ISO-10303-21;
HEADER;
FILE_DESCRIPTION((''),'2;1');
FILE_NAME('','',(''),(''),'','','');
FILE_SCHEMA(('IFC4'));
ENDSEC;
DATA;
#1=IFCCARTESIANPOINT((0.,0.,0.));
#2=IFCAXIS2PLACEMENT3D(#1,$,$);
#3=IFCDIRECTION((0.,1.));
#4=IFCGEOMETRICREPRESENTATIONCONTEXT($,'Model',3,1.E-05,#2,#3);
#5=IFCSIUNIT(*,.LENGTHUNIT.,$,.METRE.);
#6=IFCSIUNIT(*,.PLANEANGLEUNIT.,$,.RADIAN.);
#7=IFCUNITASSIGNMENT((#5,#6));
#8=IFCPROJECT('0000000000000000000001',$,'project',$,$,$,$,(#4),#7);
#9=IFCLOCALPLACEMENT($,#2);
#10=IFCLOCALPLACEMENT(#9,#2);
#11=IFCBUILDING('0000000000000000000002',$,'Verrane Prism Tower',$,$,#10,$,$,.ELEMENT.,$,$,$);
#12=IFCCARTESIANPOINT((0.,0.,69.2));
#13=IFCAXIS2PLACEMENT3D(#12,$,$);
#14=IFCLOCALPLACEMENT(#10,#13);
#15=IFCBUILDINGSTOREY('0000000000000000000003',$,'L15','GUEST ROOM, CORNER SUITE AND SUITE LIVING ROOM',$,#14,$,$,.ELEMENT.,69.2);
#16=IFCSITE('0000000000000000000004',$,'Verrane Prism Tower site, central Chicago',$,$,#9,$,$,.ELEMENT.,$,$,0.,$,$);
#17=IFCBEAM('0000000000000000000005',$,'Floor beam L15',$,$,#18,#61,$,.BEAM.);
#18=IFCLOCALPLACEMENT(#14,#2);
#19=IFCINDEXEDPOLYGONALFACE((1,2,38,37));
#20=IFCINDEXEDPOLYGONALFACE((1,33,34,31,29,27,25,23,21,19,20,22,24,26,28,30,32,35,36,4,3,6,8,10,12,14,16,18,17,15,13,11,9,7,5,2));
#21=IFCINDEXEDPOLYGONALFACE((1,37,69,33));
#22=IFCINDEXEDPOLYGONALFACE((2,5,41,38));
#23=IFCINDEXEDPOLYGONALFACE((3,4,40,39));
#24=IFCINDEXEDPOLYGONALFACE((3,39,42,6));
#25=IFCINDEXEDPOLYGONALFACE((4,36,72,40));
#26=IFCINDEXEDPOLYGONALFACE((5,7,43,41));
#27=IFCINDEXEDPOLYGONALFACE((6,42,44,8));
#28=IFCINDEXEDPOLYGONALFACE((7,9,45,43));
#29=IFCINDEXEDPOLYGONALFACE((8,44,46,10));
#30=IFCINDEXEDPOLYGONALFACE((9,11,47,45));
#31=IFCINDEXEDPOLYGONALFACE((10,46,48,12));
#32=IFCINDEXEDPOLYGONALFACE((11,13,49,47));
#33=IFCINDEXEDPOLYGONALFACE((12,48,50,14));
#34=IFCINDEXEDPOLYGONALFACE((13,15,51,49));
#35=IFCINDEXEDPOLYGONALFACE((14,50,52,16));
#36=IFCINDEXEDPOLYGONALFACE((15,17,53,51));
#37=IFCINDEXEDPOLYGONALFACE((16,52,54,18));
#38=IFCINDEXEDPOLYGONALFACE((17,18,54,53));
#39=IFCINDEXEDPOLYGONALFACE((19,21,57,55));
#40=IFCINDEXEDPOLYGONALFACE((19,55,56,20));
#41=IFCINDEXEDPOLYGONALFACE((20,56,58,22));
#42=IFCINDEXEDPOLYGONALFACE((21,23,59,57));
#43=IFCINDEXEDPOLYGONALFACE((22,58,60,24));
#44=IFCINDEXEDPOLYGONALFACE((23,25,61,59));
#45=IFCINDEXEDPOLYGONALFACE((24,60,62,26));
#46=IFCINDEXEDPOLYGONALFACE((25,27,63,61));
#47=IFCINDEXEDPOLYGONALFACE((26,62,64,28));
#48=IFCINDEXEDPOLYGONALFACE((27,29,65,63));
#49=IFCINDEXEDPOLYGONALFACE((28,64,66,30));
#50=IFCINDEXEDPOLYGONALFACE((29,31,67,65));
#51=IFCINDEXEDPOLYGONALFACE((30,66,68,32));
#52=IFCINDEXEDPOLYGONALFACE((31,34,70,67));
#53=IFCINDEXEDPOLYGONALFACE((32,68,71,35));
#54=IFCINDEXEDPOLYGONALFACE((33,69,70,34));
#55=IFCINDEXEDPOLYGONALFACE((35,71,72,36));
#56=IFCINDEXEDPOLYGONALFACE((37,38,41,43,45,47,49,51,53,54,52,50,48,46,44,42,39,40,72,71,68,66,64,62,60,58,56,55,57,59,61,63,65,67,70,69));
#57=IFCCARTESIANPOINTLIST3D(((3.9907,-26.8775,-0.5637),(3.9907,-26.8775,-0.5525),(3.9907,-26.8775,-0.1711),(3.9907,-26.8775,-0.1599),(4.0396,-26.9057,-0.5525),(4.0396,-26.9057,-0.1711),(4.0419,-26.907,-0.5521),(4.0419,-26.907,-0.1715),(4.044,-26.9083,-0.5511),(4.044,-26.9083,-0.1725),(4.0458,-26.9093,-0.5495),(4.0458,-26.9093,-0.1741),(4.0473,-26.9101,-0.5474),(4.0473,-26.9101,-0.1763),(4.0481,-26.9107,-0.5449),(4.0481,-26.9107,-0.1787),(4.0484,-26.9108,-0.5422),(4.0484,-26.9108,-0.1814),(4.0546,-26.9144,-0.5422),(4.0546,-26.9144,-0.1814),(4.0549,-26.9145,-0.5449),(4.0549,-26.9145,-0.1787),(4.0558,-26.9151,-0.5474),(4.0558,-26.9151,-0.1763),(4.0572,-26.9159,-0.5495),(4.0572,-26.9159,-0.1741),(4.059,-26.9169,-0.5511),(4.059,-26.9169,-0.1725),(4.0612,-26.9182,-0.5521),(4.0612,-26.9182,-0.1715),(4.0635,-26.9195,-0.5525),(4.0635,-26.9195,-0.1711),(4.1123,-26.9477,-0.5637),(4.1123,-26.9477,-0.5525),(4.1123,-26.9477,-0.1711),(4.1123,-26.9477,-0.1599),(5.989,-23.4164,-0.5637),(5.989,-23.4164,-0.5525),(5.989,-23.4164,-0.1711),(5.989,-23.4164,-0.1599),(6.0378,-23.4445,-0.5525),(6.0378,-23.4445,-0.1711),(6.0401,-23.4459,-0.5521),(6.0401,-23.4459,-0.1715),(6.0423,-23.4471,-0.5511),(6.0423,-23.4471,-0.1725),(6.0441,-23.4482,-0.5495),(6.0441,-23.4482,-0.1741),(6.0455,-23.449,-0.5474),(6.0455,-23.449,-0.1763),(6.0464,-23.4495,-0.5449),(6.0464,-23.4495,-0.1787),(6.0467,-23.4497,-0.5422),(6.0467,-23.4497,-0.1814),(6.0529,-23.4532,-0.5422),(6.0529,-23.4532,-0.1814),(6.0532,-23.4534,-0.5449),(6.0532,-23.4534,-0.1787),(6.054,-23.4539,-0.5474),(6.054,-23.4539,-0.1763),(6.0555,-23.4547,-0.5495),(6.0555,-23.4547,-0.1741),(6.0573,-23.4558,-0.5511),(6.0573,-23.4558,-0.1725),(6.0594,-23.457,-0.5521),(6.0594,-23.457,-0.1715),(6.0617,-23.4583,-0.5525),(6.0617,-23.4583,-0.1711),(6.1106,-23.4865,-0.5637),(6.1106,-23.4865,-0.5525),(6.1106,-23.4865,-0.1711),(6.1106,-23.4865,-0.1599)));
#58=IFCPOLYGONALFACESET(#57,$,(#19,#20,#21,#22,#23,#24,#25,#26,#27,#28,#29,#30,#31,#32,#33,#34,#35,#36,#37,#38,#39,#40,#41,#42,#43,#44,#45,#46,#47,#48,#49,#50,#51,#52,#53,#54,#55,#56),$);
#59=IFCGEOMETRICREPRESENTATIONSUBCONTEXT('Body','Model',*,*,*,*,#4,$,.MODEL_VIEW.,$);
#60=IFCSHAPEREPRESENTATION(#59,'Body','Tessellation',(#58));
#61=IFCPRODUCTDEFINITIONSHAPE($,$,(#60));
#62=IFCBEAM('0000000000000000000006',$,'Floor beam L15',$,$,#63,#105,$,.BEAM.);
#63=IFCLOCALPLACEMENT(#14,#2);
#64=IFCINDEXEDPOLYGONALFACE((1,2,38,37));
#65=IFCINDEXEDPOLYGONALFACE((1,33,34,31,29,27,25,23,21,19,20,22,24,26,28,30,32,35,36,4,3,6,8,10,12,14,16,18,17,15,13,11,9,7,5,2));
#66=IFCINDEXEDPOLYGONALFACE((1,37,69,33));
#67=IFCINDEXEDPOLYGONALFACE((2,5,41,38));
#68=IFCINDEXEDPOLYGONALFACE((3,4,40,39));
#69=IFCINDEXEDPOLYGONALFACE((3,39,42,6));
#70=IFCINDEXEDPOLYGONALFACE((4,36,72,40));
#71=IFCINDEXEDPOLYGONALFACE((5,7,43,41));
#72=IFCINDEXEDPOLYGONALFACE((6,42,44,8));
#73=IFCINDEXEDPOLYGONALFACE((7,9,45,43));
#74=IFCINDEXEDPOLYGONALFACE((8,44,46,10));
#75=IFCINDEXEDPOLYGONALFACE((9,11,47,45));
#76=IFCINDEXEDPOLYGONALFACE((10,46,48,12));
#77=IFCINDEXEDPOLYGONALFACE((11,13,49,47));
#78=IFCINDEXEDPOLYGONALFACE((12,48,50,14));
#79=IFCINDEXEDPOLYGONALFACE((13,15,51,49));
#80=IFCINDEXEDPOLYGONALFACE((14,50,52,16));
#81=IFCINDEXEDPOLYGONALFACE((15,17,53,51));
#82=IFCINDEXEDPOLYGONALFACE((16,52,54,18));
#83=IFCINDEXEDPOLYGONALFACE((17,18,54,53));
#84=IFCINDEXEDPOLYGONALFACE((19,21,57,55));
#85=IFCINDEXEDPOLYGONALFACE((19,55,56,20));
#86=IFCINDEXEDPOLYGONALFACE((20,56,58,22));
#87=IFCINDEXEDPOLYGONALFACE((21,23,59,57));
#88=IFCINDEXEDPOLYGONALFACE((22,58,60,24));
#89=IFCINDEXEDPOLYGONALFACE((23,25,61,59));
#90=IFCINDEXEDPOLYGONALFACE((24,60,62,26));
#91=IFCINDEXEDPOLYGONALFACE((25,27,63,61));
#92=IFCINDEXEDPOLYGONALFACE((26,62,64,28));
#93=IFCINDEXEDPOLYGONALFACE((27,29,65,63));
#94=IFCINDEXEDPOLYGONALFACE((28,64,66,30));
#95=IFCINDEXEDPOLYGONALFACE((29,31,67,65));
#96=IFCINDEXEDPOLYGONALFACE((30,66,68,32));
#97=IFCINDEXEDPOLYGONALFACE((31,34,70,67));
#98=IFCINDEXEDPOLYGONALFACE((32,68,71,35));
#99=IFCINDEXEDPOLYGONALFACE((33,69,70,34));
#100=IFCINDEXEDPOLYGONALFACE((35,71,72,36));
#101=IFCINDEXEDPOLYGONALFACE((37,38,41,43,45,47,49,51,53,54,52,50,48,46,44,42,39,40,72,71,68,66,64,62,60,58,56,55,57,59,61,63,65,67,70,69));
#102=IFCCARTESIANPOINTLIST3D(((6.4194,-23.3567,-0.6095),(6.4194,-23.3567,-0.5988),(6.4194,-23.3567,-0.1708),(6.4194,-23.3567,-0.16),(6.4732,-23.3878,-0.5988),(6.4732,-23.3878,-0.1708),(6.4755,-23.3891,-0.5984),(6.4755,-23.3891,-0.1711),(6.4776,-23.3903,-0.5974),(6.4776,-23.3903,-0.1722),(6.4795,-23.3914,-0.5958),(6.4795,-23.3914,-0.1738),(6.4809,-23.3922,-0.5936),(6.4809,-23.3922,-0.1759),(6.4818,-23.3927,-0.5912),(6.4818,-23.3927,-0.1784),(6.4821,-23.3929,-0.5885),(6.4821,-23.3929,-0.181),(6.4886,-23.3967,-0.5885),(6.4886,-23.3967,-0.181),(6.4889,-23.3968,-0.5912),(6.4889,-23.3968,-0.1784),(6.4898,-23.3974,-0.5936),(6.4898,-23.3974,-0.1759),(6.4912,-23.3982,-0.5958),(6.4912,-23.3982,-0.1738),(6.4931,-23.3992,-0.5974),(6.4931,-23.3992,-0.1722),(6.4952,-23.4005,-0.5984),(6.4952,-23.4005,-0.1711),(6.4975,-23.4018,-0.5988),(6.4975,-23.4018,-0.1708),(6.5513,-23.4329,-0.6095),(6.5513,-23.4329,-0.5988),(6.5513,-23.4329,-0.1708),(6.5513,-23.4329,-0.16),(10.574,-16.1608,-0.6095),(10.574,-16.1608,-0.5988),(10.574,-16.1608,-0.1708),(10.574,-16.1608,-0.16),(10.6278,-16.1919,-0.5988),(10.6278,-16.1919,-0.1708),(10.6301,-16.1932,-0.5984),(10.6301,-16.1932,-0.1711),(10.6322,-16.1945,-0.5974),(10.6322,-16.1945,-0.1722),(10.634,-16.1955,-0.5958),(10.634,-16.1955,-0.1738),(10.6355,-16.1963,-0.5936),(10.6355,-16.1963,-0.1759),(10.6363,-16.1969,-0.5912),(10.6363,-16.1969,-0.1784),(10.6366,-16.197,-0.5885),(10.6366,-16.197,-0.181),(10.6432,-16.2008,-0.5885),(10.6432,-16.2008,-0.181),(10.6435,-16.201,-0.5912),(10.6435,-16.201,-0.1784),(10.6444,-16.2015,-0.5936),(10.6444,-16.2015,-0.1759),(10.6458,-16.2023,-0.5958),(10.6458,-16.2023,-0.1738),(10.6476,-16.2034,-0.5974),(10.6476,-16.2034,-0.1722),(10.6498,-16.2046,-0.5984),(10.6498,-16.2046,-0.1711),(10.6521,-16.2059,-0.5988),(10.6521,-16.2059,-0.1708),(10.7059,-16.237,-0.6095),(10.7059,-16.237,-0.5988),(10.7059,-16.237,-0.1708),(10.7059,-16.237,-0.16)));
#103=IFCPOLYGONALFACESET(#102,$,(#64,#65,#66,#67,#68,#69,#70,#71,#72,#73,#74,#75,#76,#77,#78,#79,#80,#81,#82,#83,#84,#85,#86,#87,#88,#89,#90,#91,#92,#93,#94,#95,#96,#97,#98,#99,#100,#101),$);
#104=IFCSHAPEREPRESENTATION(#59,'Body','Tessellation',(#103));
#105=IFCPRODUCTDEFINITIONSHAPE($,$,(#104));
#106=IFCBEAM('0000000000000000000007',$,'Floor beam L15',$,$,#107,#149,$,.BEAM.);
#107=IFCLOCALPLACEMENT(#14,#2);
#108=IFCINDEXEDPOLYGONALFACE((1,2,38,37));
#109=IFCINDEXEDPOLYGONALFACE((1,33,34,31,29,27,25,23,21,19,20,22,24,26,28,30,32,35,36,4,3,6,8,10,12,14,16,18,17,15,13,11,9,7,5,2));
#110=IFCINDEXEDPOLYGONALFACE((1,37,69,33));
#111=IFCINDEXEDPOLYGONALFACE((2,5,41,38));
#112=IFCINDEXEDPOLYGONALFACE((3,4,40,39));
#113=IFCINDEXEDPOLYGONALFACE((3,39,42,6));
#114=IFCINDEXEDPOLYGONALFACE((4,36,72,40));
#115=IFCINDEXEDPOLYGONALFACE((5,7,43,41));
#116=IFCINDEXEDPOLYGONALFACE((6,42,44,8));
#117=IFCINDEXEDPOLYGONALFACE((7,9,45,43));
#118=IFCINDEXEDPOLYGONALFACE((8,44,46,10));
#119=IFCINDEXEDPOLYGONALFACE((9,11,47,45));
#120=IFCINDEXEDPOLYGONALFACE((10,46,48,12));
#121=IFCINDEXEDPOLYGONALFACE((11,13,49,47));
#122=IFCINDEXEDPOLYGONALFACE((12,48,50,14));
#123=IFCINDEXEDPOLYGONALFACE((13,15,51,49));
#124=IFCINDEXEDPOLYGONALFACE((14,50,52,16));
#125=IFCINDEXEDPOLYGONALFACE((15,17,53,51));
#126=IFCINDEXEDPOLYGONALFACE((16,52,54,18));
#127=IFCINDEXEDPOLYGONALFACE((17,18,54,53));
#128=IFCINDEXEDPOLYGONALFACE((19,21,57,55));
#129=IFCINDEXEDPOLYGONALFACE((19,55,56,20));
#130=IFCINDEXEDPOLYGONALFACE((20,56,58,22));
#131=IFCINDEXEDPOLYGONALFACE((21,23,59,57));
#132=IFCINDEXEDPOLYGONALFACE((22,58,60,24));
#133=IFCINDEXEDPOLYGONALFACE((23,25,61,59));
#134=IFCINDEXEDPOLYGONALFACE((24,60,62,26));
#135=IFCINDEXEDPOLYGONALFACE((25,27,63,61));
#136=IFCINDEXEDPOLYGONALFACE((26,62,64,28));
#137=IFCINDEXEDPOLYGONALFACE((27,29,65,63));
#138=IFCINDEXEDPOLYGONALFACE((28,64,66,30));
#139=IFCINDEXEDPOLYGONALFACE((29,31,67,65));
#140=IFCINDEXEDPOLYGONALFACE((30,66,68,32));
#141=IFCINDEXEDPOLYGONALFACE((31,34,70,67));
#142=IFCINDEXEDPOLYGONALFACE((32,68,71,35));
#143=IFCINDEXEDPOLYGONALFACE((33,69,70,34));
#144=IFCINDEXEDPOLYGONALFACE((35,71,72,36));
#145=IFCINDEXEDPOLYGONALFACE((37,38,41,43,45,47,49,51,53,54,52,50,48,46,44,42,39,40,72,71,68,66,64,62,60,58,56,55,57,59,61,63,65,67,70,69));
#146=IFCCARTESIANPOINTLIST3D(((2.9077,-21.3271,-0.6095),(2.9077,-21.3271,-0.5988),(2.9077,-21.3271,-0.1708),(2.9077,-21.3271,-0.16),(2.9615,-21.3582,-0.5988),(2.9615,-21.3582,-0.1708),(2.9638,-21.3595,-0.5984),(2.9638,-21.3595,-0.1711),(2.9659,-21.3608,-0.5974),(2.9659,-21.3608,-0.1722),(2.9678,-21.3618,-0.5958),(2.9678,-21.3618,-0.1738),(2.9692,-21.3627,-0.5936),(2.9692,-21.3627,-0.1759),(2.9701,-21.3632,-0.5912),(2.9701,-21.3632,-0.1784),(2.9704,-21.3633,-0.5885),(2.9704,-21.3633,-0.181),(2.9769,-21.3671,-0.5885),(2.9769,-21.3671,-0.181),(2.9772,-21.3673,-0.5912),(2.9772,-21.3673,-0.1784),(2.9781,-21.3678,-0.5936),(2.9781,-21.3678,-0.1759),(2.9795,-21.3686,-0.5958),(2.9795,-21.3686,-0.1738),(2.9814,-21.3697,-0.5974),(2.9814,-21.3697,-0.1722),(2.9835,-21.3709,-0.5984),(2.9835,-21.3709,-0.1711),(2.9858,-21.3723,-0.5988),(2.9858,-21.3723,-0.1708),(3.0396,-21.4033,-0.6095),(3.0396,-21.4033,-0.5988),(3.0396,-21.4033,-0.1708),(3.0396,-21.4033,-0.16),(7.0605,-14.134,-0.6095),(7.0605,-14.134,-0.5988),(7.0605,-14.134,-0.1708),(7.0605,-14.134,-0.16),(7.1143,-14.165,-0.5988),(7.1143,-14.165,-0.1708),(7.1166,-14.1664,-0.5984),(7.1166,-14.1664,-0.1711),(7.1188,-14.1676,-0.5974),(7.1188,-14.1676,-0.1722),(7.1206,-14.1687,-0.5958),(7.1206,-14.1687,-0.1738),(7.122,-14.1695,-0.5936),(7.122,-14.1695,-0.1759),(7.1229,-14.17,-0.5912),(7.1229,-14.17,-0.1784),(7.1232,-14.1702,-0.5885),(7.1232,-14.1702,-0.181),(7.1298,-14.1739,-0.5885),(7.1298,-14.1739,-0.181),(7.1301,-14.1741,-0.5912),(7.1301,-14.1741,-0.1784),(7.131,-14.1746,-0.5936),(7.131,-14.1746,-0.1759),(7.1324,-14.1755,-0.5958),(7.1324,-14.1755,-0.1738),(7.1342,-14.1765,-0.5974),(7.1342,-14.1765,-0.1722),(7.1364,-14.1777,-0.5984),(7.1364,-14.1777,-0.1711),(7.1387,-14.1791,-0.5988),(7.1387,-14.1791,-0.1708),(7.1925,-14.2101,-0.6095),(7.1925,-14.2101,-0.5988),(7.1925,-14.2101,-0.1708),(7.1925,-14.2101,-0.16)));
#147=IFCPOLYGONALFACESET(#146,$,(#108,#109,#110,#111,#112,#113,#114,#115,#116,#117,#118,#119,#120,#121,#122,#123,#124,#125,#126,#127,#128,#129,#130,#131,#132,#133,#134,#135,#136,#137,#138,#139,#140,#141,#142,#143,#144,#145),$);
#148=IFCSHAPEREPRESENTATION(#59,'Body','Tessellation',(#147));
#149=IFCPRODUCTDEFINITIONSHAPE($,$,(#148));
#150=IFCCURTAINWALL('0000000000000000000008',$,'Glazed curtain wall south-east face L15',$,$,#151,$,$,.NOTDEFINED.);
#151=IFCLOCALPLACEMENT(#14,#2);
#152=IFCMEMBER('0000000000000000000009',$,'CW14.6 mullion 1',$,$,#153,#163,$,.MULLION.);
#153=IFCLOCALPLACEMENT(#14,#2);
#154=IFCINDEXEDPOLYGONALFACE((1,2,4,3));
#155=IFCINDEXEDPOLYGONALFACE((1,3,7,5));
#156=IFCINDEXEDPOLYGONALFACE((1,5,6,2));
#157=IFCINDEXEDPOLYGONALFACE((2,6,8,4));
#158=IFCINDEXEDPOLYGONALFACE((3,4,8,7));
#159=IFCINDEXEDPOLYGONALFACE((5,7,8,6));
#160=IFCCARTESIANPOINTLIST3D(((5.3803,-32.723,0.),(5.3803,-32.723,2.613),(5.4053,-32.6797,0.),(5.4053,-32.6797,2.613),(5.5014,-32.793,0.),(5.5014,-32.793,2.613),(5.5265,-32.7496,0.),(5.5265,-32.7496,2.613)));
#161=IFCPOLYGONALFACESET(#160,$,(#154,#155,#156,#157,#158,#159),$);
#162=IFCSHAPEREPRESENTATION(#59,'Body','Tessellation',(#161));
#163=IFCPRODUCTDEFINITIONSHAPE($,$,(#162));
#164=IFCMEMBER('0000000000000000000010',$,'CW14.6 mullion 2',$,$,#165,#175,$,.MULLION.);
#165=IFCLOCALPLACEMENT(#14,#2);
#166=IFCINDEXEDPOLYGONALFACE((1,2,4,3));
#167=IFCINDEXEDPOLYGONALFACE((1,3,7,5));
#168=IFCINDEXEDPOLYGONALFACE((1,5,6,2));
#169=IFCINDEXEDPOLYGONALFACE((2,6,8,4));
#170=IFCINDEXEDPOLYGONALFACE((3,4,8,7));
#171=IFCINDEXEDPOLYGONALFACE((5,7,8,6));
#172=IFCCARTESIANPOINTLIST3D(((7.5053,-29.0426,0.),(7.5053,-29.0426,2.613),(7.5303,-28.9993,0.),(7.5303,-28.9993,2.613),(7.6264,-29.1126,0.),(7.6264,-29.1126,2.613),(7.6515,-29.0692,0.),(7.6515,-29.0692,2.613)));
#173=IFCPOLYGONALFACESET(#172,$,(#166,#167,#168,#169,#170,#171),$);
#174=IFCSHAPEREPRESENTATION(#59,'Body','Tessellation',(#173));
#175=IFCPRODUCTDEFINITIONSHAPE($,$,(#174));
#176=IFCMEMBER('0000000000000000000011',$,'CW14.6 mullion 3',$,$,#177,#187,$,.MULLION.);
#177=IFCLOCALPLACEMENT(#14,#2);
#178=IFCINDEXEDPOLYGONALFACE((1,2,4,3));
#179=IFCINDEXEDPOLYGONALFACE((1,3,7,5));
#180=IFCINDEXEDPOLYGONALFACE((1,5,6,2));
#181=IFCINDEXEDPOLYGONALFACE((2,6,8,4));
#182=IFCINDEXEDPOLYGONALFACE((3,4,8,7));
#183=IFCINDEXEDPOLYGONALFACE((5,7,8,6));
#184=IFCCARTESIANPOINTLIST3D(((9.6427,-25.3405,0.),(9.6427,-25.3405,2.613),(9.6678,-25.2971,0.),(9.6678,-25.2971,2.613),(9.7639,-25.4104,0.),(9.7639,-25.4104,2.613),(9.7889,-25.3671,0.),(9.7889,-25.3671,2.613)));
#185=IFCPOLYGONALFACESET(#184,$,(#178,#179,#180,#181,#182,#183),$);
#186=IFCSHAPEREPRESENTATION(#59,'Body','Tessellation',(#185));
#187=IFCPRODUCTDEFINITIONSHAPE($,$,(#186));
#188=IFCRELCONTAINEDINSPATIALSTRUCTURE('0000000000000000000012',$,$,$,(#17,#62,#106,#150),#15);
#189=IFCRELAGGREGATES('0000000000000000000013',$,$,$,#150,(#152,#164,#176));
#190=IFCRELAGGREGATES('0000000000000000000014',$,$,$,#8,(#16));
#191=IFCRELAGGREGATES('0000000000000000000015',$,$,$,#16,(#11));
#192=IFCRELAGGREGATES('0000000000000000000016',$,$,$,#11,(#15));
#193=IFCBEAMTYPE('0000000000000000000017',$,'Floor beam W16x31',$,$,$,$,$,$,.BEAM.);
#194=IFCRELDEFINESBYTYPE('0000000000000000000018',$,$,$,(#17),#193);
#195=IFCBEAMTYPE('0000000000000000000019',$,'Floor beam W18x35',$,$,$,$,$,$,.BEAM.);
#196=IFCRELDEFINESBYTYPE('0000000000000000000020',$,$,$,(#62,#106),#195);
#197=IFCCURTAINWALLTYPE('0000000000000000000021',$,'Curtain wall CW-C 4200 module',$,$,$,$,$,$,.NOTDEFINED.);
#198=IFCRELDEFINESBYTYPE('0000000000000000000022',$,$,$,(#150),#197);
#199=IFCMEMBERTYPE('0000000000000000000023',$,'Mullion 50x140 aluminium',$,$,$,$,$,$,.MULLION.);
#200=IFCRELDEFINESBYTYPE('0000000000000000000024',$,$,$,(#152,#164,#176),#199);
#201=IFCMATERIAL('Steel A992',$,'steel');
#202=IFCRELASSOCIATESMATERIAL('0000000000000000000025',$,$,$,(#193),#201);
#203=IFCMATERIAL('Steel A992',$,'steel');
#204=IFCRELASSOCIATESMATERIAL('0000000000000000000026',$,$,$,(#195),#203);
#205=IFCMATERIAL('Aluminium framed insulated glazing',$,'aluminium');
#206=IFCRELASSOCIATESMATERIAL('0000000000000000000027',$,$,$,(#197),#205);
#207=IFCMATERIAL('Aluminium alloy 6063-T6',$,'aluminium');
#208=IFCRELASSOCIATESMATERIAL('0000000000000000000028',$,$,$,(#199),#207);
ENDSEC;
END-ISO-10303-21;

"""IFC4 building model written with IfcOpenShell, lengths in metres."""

from ifc_helpers import new_model, si_unit, direction, frame, origin, origin_2d, place, context, subcontext, project, spatial, rectangle, i_section, extrude, material, material_profile, profile_set, type_object, element, aggregate, save


model = new_model("IFC4")

# Units and contexts
model_context = context("Model", 3, precision=1e-05, world=origin(), true_north=direction((0.0, 1.0)))
body_context = subcontext(model_context, "Body", "Model", "MODEL_VIEW")
ifc_project = project(units=[si_unit("LENGTHUNIT", "METRE"), si_unit("PLANEANGLEUNIT", "RADIAN")], contexts=[model_context])

# Site, building, storey
site_placement = place(None, origin())
site = spatial("IfcSite", under=ifc_project, at=site_placement, Name="Verrane Prism Tower site, central Chicago", CompositionType="ELEMENT", RefElevation=0.0)
building_placement = place(site_placement, origin())
building = spatial("IfcBuilding", under=site, at=building_placement, Name="Verrane Prism Tower", CompositionType="ELEMENT")
storey_placement = place(building_placement, frame((0.0, 0.0, 69.2)))
storey = spatial("IfcBuildingStorey", under=building, at=storey_placement, Name="L15", Description="GUEST ROOM, CORNER SUITE AND SUITE LIVING ROOM", CompositionType="ELEMENT", Elevation=69.2)

# Beams
ifc_material_1 = material(Name="Steel A992", Category="steel")
ifc_material_profile_1 = material_profile(ifc_material_1, i_section(OverallWidth=0.1404, OverallDepth=0.4038, WebThickness=0.0071, FlangeThickness=0.0112, FilletRadius=0.0103, at=origin_2d()), Name="W16x31")
ifc_profile_set_1 = profile_set([ifc_material_profile_1], Name="Steel A992")
beam_type_1 = type_object("IfcBeamType", Name="Floor beam W16x31", PredefinedType="BEAM", material=ifc_profile_set_1)
beam_1_placement = place(storey_placement, frame((4.0515, -26.9126, -0.3618), z_axis=(0.499996, 0.866028, 0.0), x_axis=(-0.866028, 0.499996, 0.0)))
element("IfcBeam", 1, at=beam_1_placement, inside=storey, type_object=beam_type_1, Name="Floor beam L15", PredefinedType="BEAM", context=body_context, shape_type="SweptSolid", body=[
    extrude(i_section(OverallWidth=0.1404, OverallDepth=0.4038, WebThickness=0.0071, FlangeThickness=0.0112, FilletRadius=0.0103, at=origin_2d()), origin(), (0.0, 0.0, 1.0), 3.9966),
])
ifc_material_2 = material(Name="Steel A992", Category="steel")
ifc_material_profile_2 = material_profile(ifc_material_2, i_section(OverallWidth=0.1523, OverallDepth=0.4495, WebThickness=0.0076, FlangeThickness=0.0107, FilletRadius=0.0103, at=origin_2d()), Name="W18x35")
ifc_profile_set_2 = profile_set([ifc_material_profile_2], Name="Steel A992")
beam_type_2 = type_object("IfcBeamType", Name="Floor beam W18x35", PredefinedType="BEAM", material=ifc_profile_set_2)
beam_2_placement = place(storey_placement, frame((6.4854, -23.3948, -0.3848), z_axis=(0.500004, 0.866023, 0.0), x_axis=(-0.866023, 0.500004, 0.0)))
element("IfcBeam", 2, at=beam_2_placement, inside=storey, type_object=beam_type_2, Name="Floor beam L15", PredefinedType="BEAM", context=body_context, shape_type="SweptSolid", body=[
    extrude(i_section(OverallWidth=0.1523, OverallDepth=0.4495, WebThickness=0.0076, FlangeThickness=0.0107, FilletRadius=0.0103, at=origin_2d()), origin(), (0.0, 0.0, 1.0), 8.3091),
])
beam_3_placement = place(storey_placement, frame((2.9736, -21.3652, -0.3848), z_axis=(0.49999, 0.866031, 0.0), x_axis=(-0.866031, 0.49999, 0.0)))
element("IfcBeam", 3, at=beam_3_placement, inside=storey, type_object=beam_type_2, Name="Floor beam L15", PredefinedType="BEAM", context=body_context, shape_type="SweptSolid", body=[
    extrude(i_section(OverallWidth=0.1523, OverallDepth=0.4495, WebThickness=0.0076, FlangeThickness=0.0107, FilletRadius=0.0103, at=origin_2d()), origin(), (0.0, 0.0, 1.0), 8.3059),
])

# Curtain wall, members
ifc_material_3 = material(Name="Aluminium framed insulated glazing", Category="aluminium")
curtain_wall_type_1 = type_object("IfcCurtainWallType", Name="Curtain wall CW-C 4200 module", PredefinedType="NOTDEFINED", material=ifc_material_3)
curtain_wall_1_placement = place(storey_placement, origin())
curtain_wall_1 = element("IfcCurtainWall", 4, at=curtain_wall_1_placement, inside=storey, type_object=curtain_wall_type_1, Name="Glazed curtain wall south-east face L15", PredefinedType="NOTDEFINED")
ifc_material_4 = material(Name="Aluminium alloy 6063-T6", Category="aluminium")
ifc_material_profile_3 = material_profile(ifc_material_4, rectangle(XDim=0.1399, YDim=0.05, at=origin_2d()), Name="Mullion 50x140 aluminium")
ifc_profile_set_3 = profile_set([ifc_material_profile_3], Name="Aluminium alloy 6063-T6")
member_type_1 = type_object("IfcMemberType", Name="Mullion 50x140 aluminium", PredefinedType="MULLION", material=ifc_profile_set_3)
member_1_placement = place(storey_placement, frame((5.4534, -32.7363, 0.0), z_axis=(0.0, 0.0, 1.0), x_axis=(-0.866025, 0.5, 0.0)))
member_1 = element("IfcMember", 5, at=member_1_placement, type_object=member_type_1, Name="CW14.6 mullion 1", PredefinedType="MULLION", context=body_context, shape_type="SweptSolid", body=[
    extrude(rectangle(XDim=0.1399, YDim=0.05, at=origin_2d()), origin(), (0.0, 0.0, 1.0), 2.613),
])
member_2_placement = place(storey_placement, frame((7.5784, -29.0559, 0.0), z_axis=(0.0, 0.0, 1.0), x_axis=(-0.866025, 0.5, 0.0)))
member_2 = element("IfcMember", 6, at=member_2_placement, type_object=member_type_1, Name="CW14.6 mullion 2", PredefinedType="MULLION", context=body_context, shape_type="SweptSolid", body=[
    extrude(rectangle(XDim=0.1399, YDim=0.05, at=origin_2d()), origin(), (0.0, 0.0, 1.0), 2.613),
])
member_3_placement = place(storey_placement, frame((9.7158, -25.3538, 0.0), z_axis=(0.0, 0.0, 1.0), x_axis=(-0.866025, 0.5, 0.0)))
member_3 = element("IfcMember", 7, at=member_3_placement, type_object=member_type_1, Name="CW14.6 mullion 3", PredefinedType="MULLION", context=body_context, shape_type="SweptSolid", body=[
    extrude(rectangle(XDim=0.1399, YDim=0.05, at=origin_2d()), origin(), (0.0, 0.0, 1.0), 2.613),
])

aggregate(curtain_wall_1, [member_1, member_2, member_3])

save(model, "model.ifc")
